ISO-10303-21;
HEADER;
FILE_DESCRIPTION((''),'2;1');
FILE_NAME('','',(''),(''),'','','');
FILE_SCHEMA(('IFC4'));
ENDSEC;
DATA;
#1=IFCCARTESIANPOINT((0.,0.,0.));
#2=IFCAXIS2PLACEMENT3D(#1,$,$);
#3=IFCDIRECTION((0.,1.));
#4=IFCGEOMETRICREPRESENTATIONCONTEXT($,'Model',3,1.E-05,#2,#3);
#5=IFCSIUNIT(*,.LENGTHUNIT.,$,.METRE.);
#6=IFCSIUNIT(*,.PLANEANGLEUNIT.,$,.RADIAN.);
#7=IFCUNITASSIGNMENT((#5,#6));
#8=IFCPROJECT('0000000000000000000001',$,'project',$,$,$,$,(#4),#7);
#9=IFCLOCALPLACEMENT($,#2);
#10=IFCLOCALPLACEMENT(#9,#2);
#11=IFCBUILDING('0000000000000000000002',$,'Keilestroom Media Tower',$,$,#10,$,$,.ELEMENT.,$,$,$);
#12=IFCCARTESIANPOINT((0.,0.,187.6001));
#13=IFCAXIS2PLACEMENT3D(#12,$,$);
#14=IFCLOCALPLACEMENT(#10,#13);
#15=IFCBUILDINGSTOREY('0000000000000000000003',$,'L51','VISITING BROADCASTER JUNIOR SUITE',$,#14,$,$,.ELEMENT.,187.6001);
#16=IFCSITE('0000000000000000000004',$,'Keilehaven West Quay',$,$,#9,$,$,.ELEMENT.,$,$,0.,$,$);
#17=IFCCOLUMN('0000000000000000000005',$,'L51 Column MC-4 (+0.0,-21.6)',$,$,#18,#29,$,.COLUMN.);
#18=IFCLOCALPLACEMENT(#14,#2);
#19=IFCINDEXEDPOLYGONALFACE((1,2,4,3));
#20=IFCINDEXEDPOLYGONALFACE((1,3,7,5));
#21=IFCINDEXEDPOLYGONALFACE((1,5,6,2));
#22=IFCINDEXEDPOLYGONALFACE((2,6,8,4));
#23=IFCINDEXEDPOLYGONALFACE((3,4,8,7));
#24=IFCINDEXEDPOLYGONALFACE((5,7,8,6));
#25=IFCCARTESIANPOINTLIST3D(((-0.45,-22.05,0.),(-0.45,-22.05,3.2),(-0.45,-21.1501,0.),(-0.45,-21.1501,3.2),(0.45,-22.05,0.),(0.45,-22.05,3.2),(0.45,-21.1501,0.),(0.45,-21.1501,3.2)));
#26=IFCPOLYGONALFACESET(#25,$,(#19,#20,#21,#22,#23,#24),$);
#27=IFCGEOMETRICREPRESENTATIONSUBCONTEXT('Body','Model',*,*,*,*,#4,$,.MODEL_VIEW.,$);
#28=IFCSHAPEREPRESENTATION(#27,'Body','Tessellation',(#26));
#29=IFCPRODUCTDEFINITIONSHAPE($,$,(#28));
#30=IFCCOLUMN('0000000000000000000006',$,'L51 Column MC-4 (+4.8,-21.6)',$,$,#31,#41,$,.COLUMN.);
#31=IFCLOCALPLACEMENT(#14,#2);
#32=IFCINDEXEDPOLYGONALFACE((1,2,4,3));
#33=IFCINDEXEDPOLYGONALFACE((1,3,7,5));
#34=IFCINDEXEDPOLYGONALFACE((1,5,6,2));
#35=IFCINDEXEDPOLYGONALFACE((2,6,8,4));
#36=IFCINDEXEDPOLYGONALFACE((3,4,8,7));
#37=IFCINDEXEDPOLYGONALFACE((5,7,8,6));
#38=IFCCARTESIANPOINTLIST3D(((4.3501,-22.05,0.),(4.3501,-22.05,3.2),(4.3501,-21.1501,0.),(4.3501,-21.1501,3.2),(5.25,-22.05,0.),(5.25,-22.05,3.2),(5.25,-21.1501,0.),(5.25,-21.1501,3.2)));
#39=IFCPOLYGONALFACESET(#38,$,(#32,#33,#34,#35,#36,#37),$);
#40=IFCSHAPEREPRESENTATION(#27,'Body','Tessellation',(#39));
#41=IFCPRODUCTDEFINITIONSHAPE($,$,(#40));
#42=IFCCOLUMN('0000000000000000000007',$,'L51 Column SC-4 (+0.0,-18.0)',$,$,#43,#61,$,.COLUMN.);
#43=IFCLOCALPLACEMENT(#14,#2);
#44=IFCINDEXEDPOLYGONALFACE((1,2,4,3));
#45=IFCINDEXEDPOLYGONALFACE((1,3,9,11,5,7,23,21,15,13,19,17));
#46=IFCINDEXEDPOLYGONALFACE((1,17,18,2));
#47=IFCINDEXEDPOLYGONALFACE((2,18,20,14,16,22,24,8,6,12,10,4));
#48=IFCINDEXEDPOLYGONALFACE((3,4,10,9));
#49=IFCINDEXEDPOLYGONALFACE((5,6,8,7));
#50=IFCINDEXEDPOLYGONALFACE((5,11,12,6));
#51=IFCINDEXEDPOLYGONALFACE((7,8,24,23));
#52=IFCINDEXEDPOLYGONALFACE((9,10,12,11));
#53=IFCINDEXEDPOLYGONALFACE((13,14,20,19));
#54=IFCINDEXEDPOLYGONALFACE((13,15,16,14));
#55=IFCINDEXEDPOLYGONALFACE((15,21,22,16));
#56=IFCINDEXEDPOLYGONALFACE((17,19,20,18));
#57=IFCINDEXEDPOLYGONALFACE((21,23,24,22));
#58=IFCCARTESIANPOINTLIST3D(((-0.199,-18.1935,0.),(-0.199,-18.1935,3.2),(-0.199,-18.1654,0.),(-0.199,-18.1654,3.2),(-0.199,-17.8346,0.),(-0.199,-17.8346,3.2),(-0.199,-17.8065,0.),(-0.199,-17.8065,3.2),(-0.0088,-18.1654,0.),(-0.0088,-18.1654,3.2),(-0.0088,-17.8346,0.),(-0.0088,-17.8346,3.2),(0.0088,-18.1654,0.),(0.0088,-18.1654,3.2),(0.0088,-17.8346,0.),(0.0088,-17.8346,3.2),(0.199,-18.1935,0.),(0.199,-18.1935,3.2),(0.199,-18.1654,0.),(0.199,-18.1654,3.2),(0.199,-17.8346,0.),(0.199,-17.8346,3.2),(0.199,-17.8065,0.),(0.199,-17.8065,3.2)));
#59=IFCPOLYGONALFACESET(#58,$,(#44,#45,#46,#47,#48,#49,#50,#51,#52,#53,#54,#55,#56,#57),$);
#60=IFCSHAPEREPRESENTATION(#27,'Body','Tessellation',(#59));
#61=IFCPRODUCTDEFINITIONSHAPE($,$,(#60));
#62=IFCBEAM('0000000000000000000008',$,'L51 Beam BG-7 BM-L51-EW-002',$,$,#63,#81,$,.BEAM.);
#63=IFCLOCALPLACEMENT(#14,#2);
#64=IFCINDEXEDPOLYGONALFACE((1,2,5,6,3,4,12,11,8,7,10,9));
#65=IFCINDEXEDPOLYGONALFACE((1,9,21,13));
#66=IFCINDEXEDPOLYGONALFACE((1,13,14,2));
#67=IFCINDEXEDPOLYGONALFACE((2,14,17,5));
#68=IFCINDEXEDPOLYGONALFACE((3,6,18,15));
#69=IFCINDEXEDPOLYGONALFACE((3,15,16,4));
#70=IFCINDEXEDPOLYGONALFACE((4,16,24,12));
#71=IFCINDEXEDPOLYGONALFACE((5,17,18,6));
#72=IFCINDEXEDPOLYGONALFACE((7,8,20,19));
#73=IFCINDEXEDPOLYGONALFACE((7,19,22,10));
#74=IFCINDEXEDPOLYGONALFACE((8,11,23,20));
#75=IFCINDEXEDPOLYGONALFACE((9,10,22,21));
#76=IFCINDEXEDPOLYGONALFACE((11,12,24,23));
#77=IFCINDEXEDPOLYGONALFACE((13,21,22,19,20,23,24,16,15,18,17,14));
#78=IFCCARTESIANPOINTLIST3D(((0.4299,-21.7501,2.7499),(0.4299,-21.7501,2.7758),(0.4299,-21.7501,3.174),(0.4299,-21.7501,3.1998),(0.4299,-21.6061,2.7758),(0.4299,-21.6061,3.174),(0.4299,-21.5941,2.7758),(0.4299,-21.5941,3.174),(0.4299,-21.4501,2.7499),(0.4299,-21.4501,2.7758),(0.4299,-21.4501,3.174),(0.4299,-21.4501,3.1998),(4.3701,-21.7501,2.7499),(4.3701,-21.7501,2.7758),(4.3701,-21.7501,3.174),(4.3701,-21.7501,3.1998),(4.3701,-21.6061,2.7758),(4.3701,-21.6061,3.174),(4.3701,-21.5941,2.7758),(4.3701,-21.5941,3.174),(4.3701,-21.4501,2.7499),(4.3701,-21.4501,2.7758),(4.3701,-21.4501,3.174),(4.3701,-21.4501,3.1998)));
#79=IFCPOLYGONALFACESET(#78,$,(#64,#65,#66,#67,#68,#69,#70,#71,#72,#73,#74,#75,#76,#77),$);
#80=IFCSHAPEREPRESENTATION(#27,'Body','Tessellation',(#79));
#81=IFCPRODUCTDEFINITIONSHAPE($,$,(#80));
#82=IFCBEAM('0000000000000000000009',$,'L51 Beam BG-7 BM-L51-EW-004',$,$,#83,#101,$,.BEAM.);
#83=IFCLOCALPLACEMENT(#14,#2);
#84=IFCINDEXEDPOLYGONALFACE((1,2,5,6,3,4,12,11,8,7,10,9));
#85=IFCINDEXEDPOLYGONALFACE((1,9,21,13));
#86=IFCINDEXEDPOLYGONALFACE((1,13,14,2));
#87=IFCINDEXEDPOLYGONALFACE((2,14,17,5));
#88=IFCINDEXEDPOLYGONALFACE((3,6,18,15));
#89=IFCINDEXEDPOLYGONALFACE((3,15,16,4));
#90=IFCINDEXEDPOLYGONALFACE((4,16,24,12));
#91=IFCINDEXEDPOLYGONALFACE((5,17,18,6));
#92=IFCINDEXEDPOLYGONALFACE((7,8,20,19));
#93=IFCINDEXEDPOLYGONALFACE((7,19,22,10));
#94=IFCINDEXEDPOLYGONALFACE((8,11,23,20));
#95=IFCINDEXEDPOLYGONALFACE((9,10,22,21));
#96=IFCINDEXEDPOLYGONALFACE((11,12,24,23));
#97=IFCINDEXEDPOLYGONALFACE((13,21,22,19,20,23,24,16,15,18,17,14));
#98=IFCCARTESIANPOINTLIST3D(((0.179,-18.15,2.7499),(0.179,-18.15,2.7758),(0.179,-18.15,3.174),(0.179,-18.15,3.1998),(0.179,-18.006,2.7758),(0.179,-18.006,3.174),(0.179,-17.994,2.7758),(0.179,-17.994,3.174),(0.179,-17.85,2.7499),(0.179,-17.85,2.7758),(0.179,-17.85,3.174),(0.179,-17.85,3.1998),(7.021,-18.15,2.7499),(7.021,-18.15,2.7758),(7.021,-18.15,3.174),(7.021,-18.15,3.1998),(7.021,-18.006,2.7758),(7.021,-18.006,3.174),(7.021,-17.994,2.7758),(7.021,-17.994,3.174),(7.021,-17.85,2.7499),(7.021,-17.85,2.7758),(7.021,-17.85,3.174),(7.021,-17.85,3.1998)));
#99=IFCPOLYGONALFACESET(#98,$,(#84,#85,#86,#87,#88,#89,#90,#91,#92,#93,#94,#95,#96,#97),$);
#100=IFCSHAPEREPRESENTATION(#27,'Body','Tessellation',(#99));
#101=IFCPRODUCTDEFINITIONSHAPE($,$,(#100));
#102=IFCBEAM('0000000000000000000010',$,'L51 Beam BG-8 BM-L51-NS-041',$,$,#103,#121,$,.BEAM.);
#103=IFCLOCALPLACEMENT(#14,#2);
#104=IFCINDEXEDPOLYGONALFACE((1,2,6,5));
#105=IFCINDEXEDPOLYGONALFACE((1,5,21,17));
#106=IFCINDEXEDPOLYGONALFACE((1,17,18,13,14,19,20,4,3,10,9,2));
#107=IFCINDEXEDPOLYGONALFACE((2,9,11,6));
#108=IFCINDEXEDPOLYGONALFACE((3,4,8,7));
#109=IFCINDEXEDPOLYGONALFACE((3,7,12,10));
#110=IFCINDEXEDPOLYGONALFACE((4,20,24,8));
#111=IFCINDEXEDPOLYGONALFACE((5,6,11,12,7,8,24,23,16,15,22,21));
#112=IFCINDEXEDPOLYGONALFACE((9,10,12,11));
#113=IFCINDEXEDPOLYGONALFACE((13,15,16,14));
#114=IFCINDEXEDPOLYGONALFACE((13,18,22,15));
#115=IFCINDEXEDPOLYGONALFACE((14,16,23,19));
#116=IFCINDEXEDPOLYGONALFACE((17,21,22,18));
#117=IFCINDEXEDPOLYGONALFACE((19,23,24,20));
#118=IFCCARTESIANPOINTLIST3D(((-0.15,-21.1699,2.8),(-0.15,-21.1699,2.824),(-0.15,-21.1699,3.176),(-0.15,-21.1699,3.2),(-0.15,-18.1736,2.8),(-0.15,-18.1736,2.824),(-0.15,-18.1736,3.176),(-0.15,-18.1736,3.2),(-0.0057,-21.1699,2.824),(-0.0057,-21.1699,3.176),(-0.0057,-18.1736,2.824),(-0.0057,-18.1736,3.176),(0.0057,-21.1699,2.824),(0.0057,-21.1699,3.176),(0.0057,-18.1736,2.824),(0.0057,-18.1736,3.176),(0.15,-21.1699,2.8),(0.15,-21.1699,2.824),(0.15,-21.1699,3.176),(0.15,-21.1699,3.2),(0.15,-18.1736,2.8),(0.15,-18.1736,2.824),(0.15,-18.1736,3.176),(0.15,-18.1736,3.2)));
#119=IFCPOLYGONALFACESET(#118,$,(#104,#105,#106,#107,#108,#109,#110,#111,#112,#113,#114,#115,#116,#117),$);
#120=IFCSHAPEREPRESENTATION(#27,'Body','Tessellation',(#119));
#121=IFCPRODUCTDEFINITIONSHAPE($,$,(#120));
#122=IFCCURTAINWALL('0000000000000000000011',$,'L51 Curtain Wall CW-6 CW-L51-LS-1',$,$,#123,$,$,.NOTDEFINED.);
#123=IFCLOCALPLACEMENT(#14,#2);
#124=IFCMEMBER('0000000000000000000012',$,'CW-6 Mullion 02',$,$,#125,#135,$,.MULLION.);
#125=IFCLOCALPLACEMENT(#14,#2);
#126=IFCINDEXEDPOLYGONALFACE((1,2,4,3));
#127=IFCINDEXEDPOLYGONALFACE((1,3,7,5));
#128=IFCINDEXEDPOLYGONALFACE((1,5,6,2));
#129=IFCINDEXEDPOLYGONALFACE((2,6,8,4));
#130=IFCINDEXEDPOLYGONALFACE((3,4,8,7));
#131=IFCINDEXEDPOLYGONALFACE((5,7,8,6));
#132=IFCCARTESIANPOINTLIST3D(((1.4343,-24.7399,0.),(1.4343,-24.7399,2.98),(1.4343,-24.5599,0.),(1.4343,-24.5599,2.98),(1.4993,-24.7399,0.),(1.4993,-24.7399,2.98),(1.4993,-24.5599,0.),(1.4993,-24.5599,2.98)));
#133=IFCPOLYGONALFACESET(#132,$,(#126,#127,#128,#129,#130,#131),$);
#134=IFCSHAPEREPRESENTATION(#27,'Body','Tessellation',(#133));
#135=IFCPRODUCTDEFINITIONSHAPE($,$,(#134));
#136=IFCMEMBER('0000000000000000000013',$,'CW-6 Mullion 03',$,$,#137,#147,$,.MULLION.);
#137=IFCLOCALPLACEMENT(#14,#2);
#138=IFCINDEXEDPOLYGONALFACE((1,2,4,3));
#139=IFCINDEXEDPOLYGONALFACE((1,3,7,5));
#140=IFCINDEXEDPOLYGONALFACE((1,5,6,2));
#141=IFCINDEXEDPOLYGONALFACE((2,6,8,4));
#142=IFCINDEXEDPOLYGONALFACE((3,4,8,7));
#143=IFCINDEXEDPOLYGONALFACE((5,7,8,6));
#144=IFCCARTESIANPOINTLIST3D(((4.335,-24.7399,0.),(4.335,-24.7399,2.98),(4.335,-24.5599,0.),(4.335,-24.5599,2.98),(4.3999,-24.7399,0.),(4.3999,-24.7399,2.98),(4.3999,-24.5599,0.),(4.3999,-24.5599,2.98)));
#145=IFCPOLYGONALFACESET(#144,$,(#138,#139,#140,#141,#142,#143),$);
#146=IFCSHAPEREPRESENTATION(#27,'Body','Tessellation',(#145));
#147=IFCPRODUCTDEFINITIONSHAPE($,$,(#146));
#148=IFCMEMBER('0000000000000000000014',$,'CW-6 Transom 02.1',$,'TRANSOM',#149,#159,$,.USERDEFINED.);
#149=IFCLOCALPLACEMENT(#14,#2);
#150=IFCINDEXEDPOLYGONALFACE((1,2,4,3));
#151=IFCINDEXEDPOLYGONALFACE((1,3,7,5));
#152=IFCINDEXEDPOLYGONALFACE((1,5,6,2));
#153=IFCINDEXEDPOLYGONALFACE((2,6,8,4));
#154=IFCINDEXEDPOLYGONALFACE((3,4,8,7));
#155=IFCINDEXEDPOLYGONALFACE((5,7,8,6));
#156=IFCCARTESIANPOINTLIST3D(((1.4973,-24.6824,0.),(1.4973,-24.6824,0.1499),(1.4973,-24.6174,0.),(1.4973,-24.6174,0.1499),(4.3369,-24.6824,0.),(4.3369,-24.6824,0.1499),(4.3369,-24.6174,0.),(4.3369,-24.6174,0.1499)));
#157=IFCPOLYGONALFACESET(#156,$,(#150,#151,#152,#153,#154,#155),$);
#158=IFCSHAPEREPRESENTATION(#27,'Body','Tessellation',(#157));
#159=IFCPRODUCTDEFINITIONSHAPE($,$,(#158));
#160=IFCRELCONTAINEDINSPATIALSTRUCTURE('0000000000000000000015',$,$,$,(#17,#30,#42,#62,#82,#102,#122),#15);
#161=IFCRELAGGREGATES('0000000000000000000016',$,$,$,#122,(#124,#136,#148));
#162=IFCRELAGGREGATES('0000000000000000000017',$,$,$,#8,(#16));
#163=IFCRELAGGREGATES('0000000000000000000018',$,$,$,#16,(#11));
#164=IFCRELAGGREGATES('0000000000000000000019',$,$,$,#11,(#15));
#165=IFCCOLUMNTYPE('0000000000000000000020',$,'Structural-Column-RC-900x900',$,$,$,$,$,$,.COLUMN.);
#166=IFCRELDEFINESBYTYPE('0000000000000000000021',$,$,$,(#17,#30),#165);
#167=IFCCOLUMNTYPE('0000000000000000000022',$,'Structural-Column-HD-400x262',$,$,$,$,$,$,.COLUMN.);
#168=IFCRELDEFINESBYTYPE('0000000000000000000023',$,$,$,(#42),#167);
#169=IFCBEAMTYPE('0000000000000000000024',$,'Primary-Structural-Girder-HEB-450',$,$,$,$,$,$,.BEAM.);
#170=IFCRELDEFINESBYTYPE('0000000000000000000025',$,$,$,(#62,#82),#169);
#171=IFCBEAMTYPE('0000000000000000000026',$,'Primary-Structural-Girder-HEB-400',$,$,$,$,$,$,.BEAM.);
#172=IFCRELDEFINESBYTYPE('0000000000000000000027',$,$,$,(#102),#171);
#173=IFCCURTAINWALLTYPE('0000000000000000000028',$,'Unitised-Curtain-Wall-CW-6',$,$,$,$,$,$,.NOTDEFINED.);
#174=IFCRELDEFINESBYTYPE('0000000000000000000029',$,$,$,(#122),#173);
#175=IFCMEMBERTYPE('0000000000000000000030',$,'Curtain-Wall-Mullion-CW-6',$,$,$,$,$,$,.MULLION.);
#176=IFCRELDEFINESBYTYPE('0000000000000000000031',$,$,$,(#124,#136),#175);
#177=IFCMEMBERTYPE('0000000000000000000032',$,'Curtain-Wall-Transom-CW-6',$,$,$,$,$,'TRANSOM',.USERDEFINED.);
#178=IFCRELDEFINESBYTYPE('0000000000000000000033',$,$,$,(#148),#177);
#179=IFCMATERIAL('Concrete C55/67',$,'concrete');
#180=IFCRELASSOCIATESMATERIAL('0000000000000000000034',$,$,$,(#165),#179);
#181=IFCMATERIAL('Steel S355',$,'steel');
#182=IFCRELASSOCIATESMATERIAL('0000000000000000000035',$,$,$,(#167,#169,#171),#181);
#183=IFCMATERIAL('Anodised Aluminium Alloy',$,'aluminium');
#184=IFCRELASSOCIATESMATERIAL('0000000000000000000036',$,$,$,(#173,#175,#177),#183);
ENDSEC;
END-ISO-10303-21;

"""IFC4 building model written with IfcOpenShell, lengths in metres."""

from ifc_helpers import new_model, si_unit, direction, frame, origin, origin_2d, place, context, subcontext, project, spatial, rectangle, i_section, extrude, source, transform, mapped, material, material_profile, profile_set, type_object, element, aggregate, save


model = new_model("IFC4")

# Units and contexts
model_context = context("Model", 3, precision=1e-05, world=origin(), true_north=direction((0.0, 1.0)))
body_context = subcontext(model_context, "Body", "Model", "MODEL_VIEW")
ifc_project = project(units=[si_unit("LENGTHUNIT", "METRE"), si_unit("PLANEANGLEUNIT", "RADIAN")], contexts=[model_context])

# Site, building, storey
site_placement = place(None, origin())
site = spatial("IfcSite", under=ifc_project, at=site_placement, Name="Keilehaven West Quay", CompositionType="ELEMENT", RefElevation=0.0)
building_placement = place(site_placement, origin())
building = spatial("IfcBuilding", under=site, at=building_placement, Name="Keilestroom Media Tower", CompositionType="ELEMENT")
storey_placement = place(building_placement, frame((0.0, 0.0, 187.6001)))
storey = spatial("IfcBuildingStorey", under=building, at=storey_placement, Name="L51", Description="VISITING BROADCASTER JUNIOR SUITE", CompositionType="ELEMENT", Elevation=187.6001)

# Columns
ifc_material_1 = material(Name="Concrete C55/67", Category="concrete")
ifc_material_profile_1 = material_profile(ifc_material_1, rectangle(XDim=0.8999, YDim=0.8999, at=origin_2d()), Name="RC 900x900")
ifc_profile_set_1 = profile_set([ifc_material_profile_1], Name="Concrete C55/67")
column_type_1 = type_object("IfcColumnType", Name="Structural-Column-RC-900x900", PredefinedType="COLUMN", material=ifc_profile_set_1)
shared_shape_1 = source(origin(), body_context, "Body", "SweptSolid", [
    extrude(rectangle(XDim=0.8999, YDim=0.8999, at=origin_2d()), origin(), (0.0, 0.0, 1.0), 3.2),
])
for number, where, z_axis, x_axis, name in (
    (1, (0.0, -21.6001, 0.0), (0.0, 0.0, 1.0), (1.0, 0.0, 0.0), "L51 Column MC-4 (+0.0,-21.6)"),
    (2, (4.8, -21.6001, 0.0), (0.0, 0.0, 1.0), (1.0, 0.0, 0.0), "L51 Column MC-4 (+4.8,-21.6)"),
):
    element("IfcColumn", number, at=place(storey_placement, frame(where, z_axis=z_axis, x_axis=x_axis)), inside=storey, type_object=column_type_1, Name=name, PredefinedType="COLUMN", context=body_context, shape_type="MappedRepresentation", body=[
        mapped(shared_shape_1, transform((0.0, 0.0, 0.0), x_axis=(1.0, 0.0, 0.0), y_axis=(0.0, 1.0, 0.0), z_axis=(0.0, 0.0, 1.0), scale=1.0)),
    ])
ifc_material_2 = material(Name="Steel S355", Category="steel")
ifc_material_profile_2 = material_profile(ifc_material_2, i_section(OverallWidth=0.3979, OverallDepth=0.387, WebThickness=0.0176, FlangeThickness=0.0281, at=origin_2d()), Name="HD 400x262")
ifc_profile_set_2 = profile_set([ifc_material_profile_2], Name="Steel S355")
column_type_2 = type_object("IfcColumnType", Name="Structural-Column-HD-400x262", PredefinedType="COLUMN", material=ifc_profile_set_2)
shared_shape_2 = source(origin(), body_context, "Body", "SweptSolid", [
    extrude(i_section(OverallWidth=0.3979, OverallDepth=0.387, WebThickness=0.0176, FlangeThickness=0.0281, at=origin_2d()), origin(), (0.0, 0.0, 1.0), 3.2),
])
column_placement = place(storey_placement, frame((0.0, -18.0, 0.0), z_axis=(0.0, 0.0, 1.0), x_axis=(1.0, 0.0, 0.0)))
element("IfcColumn", 3, at=column_placement, inside=storey, type_object=column_type_2, Name="L51 Column SC-4 (+0.0,-18.0)", PredefinedType="COLUMN", context=body_context, shape_type="MappedRepresentation", body=[
    mapped(shared_shape_2, transform((0.0, 0.0, 0.0), x_axis=(1.0, 0.0, 0.0), y_axis=(0.0, 1.0, 0.0), z_axis=(0.0, 0.0, 1.0), scale=1.0)),
])

# Beams
ifc_material_profile_3 = material_profile(ifc_material_2, i_section(OverallWidth=0.3, OverallDepth=0.45, WebThickness=0.012, FlangeThickness=0.0259, at=origin_2d()), Name="HEB 450")
ifc_profile_set_3 = profile_set([ifc_material_profile_3], Name="Steel S355")
beam_type_1 = type_object("IfcBeamType", Name="Primary-Structural-Girder-HEB-450", PredefinedType="BEAM", material=ifc_profile_set_3)
shared_shape_3 = source(origin(), body_context, "Body", "SweptSolid", [
    extrude(i_section(OverallWidth=0.3, OverallDepth=0.45, WebThickness=0.012, FlangeThickness=0.0259, at=origin_2d()), origin(), (0.0, 0.0, 1.0), 3.9402),
])
beam_1_placement = place(storey_placement, frame((0.4299, -21.6001, 2.9749), z_axis=(1.0, 0.0, 0.0), x_axis=(0.0, 1.0, 0.0)))
element("IfcBeam", 4, at=beam_1_placement, inside=storey, type_object=beam_type_1, Name="L51 Beam BG-7 BM-L51-EW-002", PredefinedType="BEAM", context=body_context, shape_type="MappedRepresentation", body=[
    mapped(shared_shape_3, transform((0.0, 0.0, 0.0), x_axis=(1.0, 0.0, 0.0), y_axis=(0.0, 1.0, 0.0), z_axis=(0.0, 0.0, 1.0), scale=1.0)),
])
shared_shape_4 = source(origin(), body_context, "Body", "SweptSolid", [
    extrude(i_section(OverallWidth=0.3, OverallDepth=0.45, WebThickness=0.012, FlangeThickness=0.0259, at=origin_2d()), origin(), (0.0, 0.0, 1.0), 6.842),
])
beam_2_placement = place(storey_placement, frame((0.179, -18.0, 2.9749), z_axis=(1.0, 0.0, 0.0), x_axis=(0.0, 1.0, 0.0)))
element("IfcBeam", 5, at=beam_2_placement, inside=storey, type_object=beam_type_1, Name="L51 Beam BG-7 BM-L51-EW-004", PredefinedType="BEAM", context=body_context, shape_type="MappedRepresentation", body=[
    mapped(shared_shape_4, transform((0.0, 0.0, 0.0), x_axis=(1.0, 0.0, 0.0), y_axis=(0.0, 1.0, 0.0), z_axis=(0.0, 0.0, 1.0), scale=1.0)),
])
ifc_material_profile_4 = material_profile(ifc_material_2, i_section(OverallWidth=0.3, OverallDepth=0.3999, WebThickness=0.0115, FlangeThickness=0.0239, at=origin_2d()), Name="HEB 400")
ifc_profile_set_4 = profile_set([ifc_material_profile_4], Name="Steel S355")
beam_type_2 = type_object("IfcBeamType", Name="Primary-Structural-Girder-HEB-400", PredefinedType="BEAM", material=ifc_profile_set_4)
shared_shape_5 = source(origin(), body_context, "Body", "SweptSolid", [
    extrude(i_section(OverallWidth=0.3, OverallDepth=0.3999, WebThickness=0.0115, FlangeThickness=0.0239, at=origin_2d()), origin(), (0.0, 0.0, 1.0), 2.9963),
])
beam_3_placement = place(storey_placement, frame((0.0, -21.1699, 3.0), z_axis=(0.0, 1.0, 0.0), x_axis=(-1.0, 0.0, 0.0)))
element("IfcBeam", 6, at=beam_3_placement, inside=storey, type_object=beam_type_2, Name="L51 Beam BG-8 BM-L51-NS-041", PredefinedType="BEAM", context=body_context, shape_type="MappedRepresentation", body=[
    mapped(shared_shape_5, transform((0.0, 0.0, 0.0), x_axis=(1.0, 0.0, 0.0), y_axis=(0.0, 1.0, 0.0), z_axis=(0.0, 0.0, 1.0), scale=1.0)),
])

# Curtain wall, members
ifc_material_3 = material(Name="Anodised Aluminium Alloy", Category="aluminium")
curtain_wall_type = type_object("IfcCurtainWallType", Name="Unitised-Curtain-Wall-CW-6", PredefinedType="NOTDEFINED", material=ifc_material_3)
curtain_wall_placement = place(storey_placement, origin())
curtain_wall = element("IfcCurtainWall", 7, at=curtain_wall_placement, inside=storey, type_object=curtain_wall_type, Name="L51 Curtain Wall CW-6 CW-L51-LS-1", PredefinedType="NOTDEFINED")
ifc_material_profile_5 = material_profile(ifc_material_3, rectangle(XDim=0.0649, YDim=0.1799, at=origin_2d()), Name="ALU MULLION 65x180")
ifc_profile_set_5 = profile_set([ifc_material_profile_5], Name="Anodised Aluminium Alloy")
member_type_1 = type_object("IfcMemberType", Name="Curtain-Wall-Mullion-CW-6", PredefinedType="MULLION", material=ifc_profile_set_5)
shared_shape_6 = source(origin(), body_context, "Body", "SweptSolid", [
    extrude(rectangle(XDim=0.0649, YDim=0.1799, at=origin_2d()), origin(), (0.0, 0.0, 1.0), 2.98),
])
member_1_placement = place(storey_placement, frame((1.4668, -24.6499, 0.0), z_axis=(0.0, 0.0, 1.0), x_axis=(1.0, 0.0, 0.0)))
member_1 = element("IfcMember", 8, at=member_1_placement, type_object=member_type_1, Name="CW-6 Mullion 02", PredefinedType="MULLION", context=body_context, shape_type="MappedRepresentation", body=[
    mapped(shared_shape_6, transform((0.0, 0.0, 0.0), x_axis=(1.0, 0.0, 0.0), y_axis=(0.0, 1.0, 0.0), z_axis=(0.0, 0.0, 1.0), scale=1.0)),
])
member_2_placement = place(storey_placement, frame((4.3674, -24.6499, 0.0), z_axis=(0.0, 0.0, 1.0), x_axis=(1.0, 0.0, 0.0)))
member_2 = element("IfcMember", 9, at=member_2_placement, type_object=member_type_1, Name="CW-6 Mullion 03", PredefinedType="MULLION", context=body_context, shape_type="MappedRepresentation", body=[
    mapped(shared_shape_6, transform((0.0, 0.0, 0.0), x_axis=(1.0, 0.0, 0.0), y_axis=(0.0, 1.0, 0.0), z_axis=(0.0, 0.0, 1.0), scale=1.0)),
])
ifc_material_profile_6 = material_profile(ifc_material_3, rectangle(XDim=0.0649, YDim=0.1499, at=origin_2d()), Name="ALU TRANSOM 65x150")
ifc_profile_set_6 = profile_set([ifc_material_profile_6], Name="Anodised Aluminium Alloy")
member_type_2 = type_object("IfcMemberType", Name="Curtain-Wall-Transom-CW-6", ElementType="TRANSOM", PredefinedType="USERDEFINED", material=ifc_profile_set_6)
shared_shape_7 = source(origin(), body_context, "Body", "SweptSolid", [
    extrude(rectangle(XDim=0.0649, YDim=0.1499, at=origin_2d()), origin(), (0.0, 0.0, 1.0), 2.8396),
])
member_3_placement = place(storey_placement, frame((1.4973, -24.6499, 0.075), z_axis=(1.0, 0.0, 0.0), x_axis=(0.0, 1.0, 0.0)))
member_3 = element("IfcMember", 10, at=member_3_placement, type_object=member_type_2, Name="CW-6 Transom 02.1", ObjectType="TRANSOM", PredefinedType="USERDEFINED", context=body_context, shape_type="MappedRepresentation", body=[
    mapped(shared_shape_7, transform((0.0, 0.0, 0.0), x_axis=(1.0, 0.0, 0.0), y_axis=(0.0, 1.0, 0.0), z_axis=(0.0, 0.0, 1.0), scale=1.0)),
])
aggregate(curtain_wall, [member_1, member_2, member_3])

save(model, "model.ifc")
